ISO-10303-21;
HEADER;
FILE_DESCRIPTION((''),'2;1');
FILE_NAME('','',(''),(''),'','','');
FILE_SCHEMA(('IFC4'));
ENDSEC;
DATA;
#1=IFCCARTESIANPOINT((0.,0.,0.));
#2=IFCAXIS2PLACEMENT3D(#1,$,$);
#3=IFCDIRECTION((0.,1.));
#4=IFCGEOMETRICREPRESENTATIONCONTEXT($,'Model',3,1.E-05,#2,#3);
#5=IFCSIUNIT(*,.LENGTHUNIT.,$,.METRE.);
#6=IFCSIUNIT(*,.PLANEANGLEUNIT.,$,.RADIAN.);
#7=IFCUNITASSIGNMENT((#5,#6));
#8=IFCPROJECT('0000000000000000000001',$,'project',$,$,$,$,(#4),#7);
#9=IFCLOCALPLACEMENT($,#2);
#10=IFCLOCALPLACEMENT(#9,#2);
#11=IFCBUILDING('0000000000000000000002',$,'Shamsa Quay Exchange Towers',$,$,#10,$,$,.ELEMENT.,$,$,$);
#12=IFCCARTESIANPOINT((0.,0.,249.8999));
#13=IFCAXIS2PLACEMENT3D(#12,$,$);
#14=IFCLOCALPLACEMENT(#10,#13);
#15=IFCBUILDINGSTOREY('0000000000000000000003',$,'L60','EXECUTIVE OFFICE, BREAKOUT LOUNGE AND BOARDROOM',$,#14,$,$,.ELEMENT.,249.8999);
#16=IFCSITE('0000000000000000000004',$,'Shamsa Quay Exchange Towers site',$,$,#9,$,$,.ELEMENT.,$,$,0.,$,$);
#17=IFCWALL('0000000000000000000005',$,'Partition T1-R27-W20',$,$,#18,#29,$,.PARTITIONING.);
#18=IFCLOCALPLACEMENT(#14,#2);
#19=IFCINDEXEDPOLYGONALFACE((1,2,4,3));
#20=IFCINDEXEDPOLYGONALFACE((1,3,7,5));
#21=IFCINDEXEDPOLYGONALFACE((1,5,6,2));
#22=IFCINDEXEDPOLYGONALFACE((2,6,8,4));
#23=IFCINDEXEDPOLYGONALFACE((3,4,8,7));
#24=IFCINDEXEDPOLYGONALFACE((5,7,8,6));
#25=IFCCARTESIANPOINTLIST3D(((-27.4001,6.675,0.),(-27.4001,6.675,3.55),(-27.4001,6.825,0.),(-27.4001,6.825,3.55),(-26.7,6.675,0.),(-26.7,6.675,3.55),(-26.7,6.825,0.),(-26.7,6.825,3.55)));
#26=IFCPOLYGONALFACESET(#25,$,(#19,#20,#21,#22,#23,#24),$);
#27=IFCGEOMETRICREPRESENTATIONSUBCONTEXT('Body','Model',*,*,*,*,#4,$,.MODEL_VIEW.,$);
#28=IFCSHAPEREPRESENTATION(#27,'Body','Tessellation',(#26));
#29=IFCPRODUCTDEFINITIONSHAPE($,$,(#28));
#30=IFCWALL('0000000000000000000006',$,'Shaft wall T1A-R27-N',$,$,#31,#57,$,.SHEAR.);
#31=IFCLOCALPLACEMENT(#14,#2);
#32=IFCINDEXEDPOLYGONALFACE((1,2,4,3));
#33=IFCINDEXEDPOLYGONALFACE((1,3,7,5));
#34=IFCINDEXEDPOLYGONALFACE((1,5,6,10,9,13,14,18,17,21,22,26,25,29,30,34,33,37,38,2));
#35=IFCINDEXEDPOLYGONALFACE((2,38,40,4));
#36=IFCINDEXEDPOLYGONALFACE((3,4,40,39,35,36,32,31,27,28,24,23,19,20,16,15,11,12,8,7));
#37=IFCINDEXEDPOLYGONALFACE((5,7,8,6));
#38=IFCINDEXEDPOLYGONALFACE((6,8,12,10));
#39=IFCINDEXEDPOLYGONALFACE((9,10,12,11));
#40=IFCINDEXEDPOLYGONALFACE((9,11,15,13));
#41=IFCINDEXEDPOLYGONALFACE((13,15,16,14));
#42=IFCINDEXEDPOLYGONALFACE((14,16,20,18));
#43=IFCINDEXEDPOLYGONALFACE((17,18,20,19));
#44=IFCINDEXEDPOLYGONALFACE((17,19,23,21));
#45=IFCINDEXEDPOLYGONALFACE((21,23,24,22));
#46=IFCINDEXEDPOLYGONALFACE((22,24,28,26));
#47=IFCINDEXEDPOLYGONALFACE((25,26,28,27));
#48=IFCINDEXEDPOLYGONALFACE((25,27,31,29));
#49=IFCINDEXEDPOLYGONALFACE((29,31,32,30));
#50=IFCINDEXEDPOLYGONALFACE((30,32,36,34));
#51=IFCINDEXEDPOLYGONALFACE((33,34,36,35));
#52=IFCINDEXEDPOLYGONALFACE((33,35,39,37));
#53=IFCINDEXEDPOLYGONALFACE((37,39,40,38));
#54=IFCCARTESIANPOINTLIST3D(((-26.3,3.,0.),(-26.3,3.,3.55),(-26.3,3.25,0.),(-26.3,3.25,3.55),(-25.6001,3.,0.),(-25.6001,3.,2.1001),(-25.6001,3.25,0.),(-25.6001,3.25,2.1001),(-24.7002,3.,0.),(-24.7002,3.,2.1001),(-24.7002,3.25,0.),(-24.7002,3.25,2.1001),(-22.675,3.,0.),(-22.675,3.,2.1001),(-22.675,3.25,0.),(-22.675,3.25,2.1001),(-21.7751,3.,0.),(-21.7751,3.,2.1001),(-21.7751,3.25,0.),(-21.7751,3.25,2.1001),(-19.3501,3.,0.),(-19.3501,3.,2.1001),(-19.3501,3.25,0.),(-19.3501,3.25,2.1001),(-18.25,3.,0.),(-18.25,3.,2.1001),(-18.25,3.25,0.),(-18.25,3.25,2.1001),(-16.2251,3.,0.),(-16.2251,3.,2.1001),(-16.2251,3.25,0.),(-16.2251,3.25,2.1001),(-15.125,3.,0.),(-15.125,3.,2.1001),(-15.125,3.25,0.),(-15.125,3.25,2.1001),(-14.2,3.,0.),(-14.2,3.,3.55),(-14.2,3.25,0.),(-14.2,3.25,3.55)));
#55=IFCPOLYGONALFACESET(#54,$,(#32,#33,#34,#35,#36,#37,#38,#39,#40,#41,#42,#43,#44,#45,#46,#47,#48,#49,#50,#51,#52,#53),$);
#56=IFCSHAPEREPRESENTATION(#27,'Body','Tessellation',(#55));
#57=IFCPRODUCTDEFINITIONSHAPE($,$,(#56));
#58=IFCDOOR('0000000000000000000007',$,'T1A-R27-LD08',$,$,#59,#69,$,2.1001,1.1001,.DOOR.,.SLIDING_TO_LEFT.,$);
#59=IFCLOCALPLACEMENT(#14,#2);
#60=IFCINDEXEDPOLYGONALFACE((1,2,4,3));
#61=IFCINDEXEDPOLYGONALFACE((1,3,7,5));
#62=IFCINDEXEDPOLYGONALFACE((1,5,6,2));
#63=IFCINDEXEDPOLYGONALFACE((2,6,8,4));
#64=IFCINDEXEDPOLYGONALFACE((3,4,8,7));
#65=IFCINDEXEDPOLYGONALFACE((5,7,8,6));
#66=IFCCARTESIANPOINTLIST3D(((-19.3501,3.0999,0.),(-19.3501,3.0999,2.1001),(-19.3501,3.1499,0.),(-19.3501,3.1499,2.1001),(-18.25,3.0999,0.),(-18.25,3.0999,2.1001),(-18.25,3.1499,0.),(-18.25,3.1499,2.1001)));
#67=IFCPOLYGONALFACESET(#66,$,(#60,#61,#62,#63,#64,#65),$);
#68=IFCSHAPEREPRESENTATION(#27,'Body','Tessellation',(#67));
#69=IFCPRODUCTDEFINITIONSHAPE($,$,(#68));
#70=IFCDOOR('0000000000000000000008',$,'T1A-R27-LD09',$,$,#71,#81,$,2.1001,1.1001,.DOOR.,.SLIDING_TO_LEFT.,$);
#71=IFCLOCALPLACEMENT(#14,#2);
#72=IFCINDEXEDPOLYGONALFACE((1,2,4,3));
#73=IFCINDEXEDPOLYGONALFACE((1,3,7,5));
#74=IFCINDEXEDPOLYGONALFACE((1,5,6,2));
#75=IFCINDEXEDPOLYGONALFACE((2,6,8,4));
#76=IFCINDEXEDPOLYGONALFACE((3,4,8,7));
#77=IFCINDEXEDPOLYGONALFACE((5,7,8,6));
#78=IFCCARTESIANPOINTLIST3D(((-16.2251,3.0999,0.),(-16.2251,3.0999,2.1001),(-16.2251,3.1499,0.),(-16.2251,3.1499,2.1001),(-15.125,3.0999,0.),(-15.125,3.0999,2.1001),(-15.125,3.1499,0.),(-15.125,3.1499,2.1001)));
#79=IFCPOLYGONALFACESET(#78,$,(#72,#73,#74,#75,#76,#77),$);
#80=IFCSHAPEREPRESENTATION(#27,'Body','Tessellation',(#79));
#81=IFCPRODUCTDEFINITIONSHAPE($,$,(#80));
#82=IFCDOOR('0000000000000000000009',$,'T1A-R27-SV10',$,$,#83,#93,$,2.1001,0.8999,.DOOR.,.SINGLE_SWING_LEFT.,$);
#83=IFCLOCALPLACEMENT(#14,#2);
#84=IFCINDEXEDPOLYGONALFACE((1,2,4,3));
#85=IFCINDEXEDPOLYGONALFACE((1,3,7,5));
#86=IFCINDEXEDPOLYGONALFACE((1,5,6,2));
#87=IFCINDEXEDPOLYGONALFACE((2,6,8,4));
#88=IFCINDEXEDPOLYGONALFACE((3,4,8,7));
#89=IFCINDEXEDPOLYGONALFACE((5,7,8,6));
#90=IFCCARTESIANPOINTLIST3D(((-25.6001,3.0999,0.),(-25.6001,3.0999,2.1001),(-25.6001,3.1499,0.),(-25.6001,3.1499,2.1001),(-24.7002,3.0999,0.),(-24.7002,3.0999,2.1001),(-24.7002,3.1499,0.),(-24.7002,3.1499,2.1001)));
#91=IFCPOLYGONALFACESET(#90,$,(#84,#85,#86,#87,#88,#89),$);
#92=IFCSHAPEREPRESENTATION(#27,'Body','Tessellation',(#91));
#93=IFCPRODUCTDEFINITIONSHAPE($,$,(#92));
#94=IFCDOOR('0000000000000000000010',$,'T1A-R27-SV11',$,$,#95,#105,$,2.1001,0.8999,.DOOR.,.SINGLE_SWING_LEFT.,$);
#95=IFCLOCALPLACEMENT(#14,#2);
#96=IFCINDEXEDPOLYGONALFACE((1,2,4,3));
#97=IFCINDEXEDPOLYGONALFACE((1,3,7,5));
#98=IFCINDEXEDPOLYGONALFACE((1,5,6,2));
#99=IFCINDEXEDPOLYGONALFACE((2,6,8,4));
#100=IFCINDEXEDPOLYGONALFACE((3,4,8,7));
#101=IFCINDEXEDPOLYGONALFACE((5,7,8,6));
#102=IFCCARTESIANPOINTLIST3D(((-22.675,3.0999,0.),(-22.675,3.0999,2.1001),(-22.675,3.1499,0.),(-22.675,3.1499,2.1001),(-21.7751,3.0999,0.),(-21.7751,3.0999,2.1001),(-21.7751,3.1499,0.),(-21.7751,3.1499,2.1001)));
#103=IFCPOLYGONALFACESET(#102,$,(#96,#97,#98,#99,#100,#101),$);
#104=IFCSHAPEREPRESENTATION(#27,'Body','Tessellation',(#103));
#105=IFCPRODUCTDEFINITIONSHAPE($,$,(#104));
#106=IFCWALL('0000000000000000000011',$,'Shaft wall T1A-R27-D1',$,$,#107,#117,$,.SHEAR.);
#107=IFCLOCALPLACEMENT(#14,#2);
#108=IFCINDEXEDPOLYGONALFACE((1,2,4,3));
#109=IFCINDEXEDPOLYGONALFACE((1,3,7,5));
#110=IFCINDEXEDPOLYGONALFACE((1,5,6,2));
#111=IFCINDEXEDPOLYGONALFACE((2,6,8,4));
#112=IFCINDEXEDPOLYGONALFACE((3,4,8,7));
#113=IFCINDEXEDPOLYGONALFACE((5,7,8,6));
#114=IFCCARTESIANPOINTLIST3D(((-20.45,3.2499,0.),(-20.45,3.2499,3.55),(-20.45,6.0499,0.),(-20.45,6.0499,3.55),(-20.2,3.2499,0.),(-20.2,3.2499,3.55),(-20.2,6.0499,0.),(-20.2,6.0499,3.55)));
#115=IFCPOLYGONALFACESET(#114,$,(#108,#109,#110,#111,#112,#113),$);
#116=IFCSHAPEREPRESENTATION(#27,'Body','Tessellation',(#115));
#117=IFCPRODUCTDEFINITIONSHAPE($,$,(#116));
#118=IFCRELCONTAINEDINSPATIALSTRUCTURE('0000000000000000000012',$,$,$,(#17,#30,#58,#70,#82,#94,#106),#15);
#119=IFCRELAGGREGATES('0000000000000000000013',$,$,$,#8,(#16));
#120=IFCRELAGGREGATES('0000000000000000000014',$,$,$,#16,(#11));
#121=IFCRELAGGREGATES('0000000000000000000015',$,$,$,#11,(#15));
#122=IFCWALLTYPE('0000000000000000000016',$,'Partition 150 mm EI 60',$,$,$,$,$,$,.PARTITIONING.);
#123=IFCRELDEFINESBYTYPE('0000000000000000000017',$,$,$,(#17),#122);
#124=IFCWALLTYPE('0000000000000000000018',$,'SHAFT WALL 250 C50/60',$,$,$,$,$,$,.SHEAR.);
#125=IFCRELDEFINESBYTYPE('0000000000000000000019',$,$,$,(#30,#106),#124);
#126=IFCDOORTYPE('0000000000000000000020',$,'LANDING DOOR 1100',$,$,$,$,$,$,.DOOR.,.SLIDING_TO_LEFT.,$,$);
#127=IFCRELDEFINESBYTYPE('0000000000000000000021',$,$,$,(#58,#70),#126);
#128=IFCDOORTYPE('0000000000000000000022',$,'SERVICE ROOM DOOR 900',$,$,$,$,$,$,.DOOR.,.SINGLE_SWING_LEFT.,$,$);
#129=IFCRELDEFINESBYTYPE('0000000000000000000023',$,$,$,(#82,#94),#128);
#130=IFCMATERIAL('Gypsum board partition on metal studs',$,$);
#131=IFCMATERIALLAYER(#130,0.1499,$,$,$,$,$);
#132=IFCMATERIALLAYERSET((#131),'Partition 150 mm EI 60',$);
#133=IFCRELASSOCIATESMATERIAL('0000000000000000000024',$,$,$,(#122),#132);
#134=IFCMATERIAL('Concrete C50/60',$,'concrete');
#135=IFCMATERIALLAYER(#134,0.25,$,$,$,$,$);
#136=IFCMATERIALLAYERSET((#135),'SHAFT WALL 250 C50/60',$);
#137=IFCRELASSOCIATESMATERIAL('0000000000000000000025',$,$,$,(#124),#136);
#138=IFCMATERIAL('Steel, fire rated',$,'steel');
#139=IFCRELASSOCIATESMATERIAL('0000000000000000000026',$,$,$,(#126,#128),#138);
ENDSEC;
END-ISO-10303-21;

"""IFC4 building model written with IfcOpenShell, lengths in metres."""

from ifc_helpers import new_model, si_unit, direction, frame, frame_2d, origin, place, context, subcontext, project, spatial, rectangle, extrude, material, layer, layer_set, type_object, element, fill, save


model = new_model("IFC4")

# Units and contexts
model_context = context("Model", 3, precision=1e-05, world=origin(), true_north=direction((0.0, 1.0)))
body_context = subcontext(model_context, "Body", "Model", "MODEL_VIEW")
ifc_project = project(units=[si_unit("LENGTHUNIT", "METRE"), si_unit("PLANEANGLEUNIT", "RADIAN")], contexts=[model_context])

# Site, building, storey
site_placement = place(None, origin())
site = spatial("IfcSite", under=ifc_project, at=site_placement, Name="Shamsa Quay Exchange Towers site", CompositionType="ELEMENT", RefElevation=0.0)
building_placement = place(site_placement, origin())
building = spatial("IfcBuilding", under=site, at=building_placement, Name="Shamsa Quay Exchange Towers", CompositionType="ELEMENT")
storey_placement = place(building_placement, frame((0.0, 0.0, 249.8999)))
storey = spatial("IfcBuildingStorey", under=building, at=storey_placement, Name="L60", Description="EXECUTIVE OFFICE, BREAKOUT LOUNGE AND BOARDROOM", CompositionType="ELEMENT", Elevation=249.8999)

# Shared definitions
ifc_material_1 = material(Name="Steel, fire rated", Category="steel")

# Shared definitions
ifc_material_2 = material(Name="Gypsum board partition on metal studs")
ifc_layer_1 = layer(ifc_material_2, 0.1499)
ifc_layer_set_1 = layer_set([ifc_layer_1], Name="Partition 150 mm EI 60")
wall_type_1 = type_object("IfcWallType", Name="Partition 150 mm EI 60", PredefinedType="PARTITIONING", material=ifc_layer_set_1)

# Wall
wall_1_placement = place(storey_placement, frame((-26.7, 6.75, 0.0), z_axis=(0.0, 0.0, 1.0), x_axis=(-1.0, 0.0, 0.0)))
element("IfcWall", 1, at=wall_1_placement, inside=storey, type_object=wall_type_1, Name="Partition T1-R27-W20", PredefinedType="PARTITIONING", context=body_context, shape_type="SweptSolid", body=[
    extrude(rectangle(XDim=0.7002, YDim=0.1499, at=frame_2d((0.3501, 0.0))), origin(), (0.0, 0.0, 1.0), 3.55),
])

# Wall, openings, doors
ifc_material_3 = material(Name="Concrete C50/60", Category="concrete")
ifc_layer_2 = layer(ifc_material_3, 0.25)
ifc_layer_set_2 = layer_set([ifc_layer_2], Name="SHAFT WALL 250 C50/60")
wall_type_2 = type_object("IfcWallType", Name="SHAFT WALL 250 C50/60", PredefinedType="SHEAR", material=ifc_layer_set_2)
wall_2_placement = place(storey_placement, frame((-26.3, 3.125, 0.0)))
wall_2 = element("IfcWall", 2, at=wall_2_placement, inside=storey, type_object=wall_type_2, Name="Shaft wall T1A-R27-N", PredefinedType="SHEAR", context=body_context, shape_type="SweptSolid", body=[
    extrude(rectangle(XDim=12.1001, YDim=0.25, at=frame_2d((6.05, 0.0))), origin(), (0.0, 0.0, 1.0), 3.55),
])
opening_1_placement = place(wall_2_placement, frame((6.95, 0.0, 0.0)))
opening_1 = element("IfcOpeningElement", 3, at=opening_1_placement, cuts=wall_2, PredefinedType="OPENING", context=body_context, shape_type="SweptSolid", body=[
    extrude(rectangle(XDim=1.1001, YDim=2.1001, at=frame_2d((0.55, 1.05))), frame((0.0, 0.135, 0.0), z_axis=(0.0, -1.0, 0.0), x_axis=(1.0, 0.0, 0.0)), (0.0, 0.0, 1.0), 0.27),
])
opening_2_placement = place(wall_2_placement, frame((10.075, 0.0, 0.0)))
opening_2 = element("IfcOpeningElement", 4, at=opening_2_placement, cuts=wall_2, PredefinedType="OPENING", context=body_context, shape_type="SweptSolid", body=[
    extrude(rectangle(XDim=1.1001, YDim=2.1001, at=frame_2d((0.55, 1.05))), frame((0.0, 0.135, 0.0), z_axis=(0.0, -1.0, 0.0), x_axis=(1.0, 0.0, 0.0)), (0.0, 0.0, 1.0), 0.27),
])
opening_3_placement = place(wall_2_placement, frame((0.7, 0.0, 0.0)))
opening_3 = element("IfcOpeningElement", 5, at=opening_3_placement, cuts=wall_2, PredefinedType="OPENING", context=body_context, shape_type="SweptSolid", body=[
    extrude(rectangle(XDim=0.8999, YDim=2.1001, at=frame_2d((0.45, 1.05))), frame((0.0, 0.135, 0.0), z_axis=(0.0, -1.0, 0.0), x_axis=(1.0, 0.0, 0.0)), (0.0, 0.0, 1.0), 0.27),
])
opening_4_placement = place(wall_2_placement, frame((3.625, 0.0, 0.0)))
opening_4 = element("IfcOpeningElement", 6, at=opening_4_placement, cuts=wall_2, PredefinedType="OPENING", context=body_context, shape_type="SweptSolid", body=[
    extrude(rectangle(XDim=0.8999, YDim=2.1001, at=frame_2d((0.45, 1.05))), frame((0.0, 0.135, 0.0), z_axis=(0.0, -1.0, 0.0), x_axis=(1.0, 0.0, 0.0)), (0.0, 0.0, 1.0), 0.27),
])
door_type_1 = type_object("IfcDoorType", Name="LANDING DOOR 1100", OperationType="SLIDING_TO_LEFT", PredefinedType="DOOR", material=ifc_material_1)
door_1_placement = place(opening_1_placement, origin())
door_1 = element("IfcDoor", 7, at=door_1_placement, inside=storey, type_object=door_type_1, Name="T1A-R27-LD08", OperationType="SLIDING_TO_LEFT", OverallHeight=2.1001, OverallWidth=1.1001, PredefinedType="DOOR", context=body_context, shape_type="SweptSolid", body=[
    extrude(rectangle(XDim=1.1001, YDim=2.1001, at=frame_2d((0.55, 1.05))), frame((0.0, 0.0249, 0.0), z_axis=(0.0, -1.0, 0.0), x_axis=(1.0, 0.0, 0.0)), (0.0, 0.0, 1.0), 0.05),
])
fill(opening_1, door_1)
door_2_placement = place(opening_2_placement, origin())
door_2 = element("IfcDoor", 8, at=door_2_placement, inside=storey, type_object=door_type_1, Name="T1A-R27-LD09", OperationType="SLIDING_TO_LEFT", OverallHeight=2.1001, OverallWidth=1.1001, PredefinedType="DOOR", context=body_context, shape_type="SweptSolid", body=[
    extrude(rectangle(XDim=1.1001, YDim=2.1001, at=frame_2d((0.55, 1.05))), frame((0.0, 0.0249, 0.0), z_axis=(0.0, -1.0, 0.0), x_axis=(1.0, 0.0, 0.0)), (0.0, 0.0, 1.0), 0.05),
])
fill(opening_2, door_2)
door_type_2 = type_object("IfcDoorType", Name="SERVICE ROOM DOOR 900", OperationType="SINGLE_SWING_LEFT", PredefinedType="DOOR", material=ifc_material_1)
door_3_placement = place(opening_3_placement, origin())
door_3 = element("IfcDoor", 9, at=door_3_placement, inside=storey, type_object=door_type_2, Name="T1A-R27-SV10", OperationType="SINGLE_SWING_LEFT", OverallHeight=2.1001, OverallWidth=0.8999, PredefinedType="DOOR", context=body_context, shape_type="SweptSolid", body=[
    extrude(rectangle(XDim=0.8999, YDim=2.1001, at=frame_2d((0.45, 1.05))), frame((0.0, 0.0249, 0.0), z_axis=(0.0, -1.0, 0.0), x_axis=(1.0, 0.0, 0.0)), (0.0, 0.0, 1.0), 0.05),
])
fill(opening_3, door_3)
door_4_placement = place(opening_4_placement, origin())
door_4 = element("IfcDoor", 10, at=door_4_placement, inside=storey, type_object=door_type_2, Name="T1A-R27-SV11", OperationType="SINGLE_SWING_LEFT", OverallHeight=2.1001, OverallWidth=0.8999, PredefinedType="DOOR", context=body_context, shape_type="SweptSolid", body=[
    extrude(rectangle(XDim=0.8999, YDim=2.1001, at=frame_2d((0.45, 1.05))), frame((0.0, 0.0249, 0.0), z_axis=(0.0, -1.0, 0.0), x_axis=(1.0, 0.0, 0.0)), (0.0, 0.0, 1.0), 0.05),
])
fill(opening_4, door_4)

# Wall
wall_3_placement = place(storey_placement, frame((-20.325, 3.25, 0.0), z_axis=(0.0, 0.0, 1.0), x_axis=(0.0, 1.0, 0.0)))
element("IfcWall", 11, at=wall_3_placement, inside=storey, type_object=wall_type_2, Name="Shaft wall T1A-R27-D1", PredefinedType="SHEAR", context=body_context, shape_type="SweptSolid", body=[
    extrude(rectangle(XDim=2.8, YDim=0.25, at=frame_2d((1.3999, 0.0))), origin(), (0.0, 0.0, 1.0), 3.55),
])

save(model, "model.ifc")
